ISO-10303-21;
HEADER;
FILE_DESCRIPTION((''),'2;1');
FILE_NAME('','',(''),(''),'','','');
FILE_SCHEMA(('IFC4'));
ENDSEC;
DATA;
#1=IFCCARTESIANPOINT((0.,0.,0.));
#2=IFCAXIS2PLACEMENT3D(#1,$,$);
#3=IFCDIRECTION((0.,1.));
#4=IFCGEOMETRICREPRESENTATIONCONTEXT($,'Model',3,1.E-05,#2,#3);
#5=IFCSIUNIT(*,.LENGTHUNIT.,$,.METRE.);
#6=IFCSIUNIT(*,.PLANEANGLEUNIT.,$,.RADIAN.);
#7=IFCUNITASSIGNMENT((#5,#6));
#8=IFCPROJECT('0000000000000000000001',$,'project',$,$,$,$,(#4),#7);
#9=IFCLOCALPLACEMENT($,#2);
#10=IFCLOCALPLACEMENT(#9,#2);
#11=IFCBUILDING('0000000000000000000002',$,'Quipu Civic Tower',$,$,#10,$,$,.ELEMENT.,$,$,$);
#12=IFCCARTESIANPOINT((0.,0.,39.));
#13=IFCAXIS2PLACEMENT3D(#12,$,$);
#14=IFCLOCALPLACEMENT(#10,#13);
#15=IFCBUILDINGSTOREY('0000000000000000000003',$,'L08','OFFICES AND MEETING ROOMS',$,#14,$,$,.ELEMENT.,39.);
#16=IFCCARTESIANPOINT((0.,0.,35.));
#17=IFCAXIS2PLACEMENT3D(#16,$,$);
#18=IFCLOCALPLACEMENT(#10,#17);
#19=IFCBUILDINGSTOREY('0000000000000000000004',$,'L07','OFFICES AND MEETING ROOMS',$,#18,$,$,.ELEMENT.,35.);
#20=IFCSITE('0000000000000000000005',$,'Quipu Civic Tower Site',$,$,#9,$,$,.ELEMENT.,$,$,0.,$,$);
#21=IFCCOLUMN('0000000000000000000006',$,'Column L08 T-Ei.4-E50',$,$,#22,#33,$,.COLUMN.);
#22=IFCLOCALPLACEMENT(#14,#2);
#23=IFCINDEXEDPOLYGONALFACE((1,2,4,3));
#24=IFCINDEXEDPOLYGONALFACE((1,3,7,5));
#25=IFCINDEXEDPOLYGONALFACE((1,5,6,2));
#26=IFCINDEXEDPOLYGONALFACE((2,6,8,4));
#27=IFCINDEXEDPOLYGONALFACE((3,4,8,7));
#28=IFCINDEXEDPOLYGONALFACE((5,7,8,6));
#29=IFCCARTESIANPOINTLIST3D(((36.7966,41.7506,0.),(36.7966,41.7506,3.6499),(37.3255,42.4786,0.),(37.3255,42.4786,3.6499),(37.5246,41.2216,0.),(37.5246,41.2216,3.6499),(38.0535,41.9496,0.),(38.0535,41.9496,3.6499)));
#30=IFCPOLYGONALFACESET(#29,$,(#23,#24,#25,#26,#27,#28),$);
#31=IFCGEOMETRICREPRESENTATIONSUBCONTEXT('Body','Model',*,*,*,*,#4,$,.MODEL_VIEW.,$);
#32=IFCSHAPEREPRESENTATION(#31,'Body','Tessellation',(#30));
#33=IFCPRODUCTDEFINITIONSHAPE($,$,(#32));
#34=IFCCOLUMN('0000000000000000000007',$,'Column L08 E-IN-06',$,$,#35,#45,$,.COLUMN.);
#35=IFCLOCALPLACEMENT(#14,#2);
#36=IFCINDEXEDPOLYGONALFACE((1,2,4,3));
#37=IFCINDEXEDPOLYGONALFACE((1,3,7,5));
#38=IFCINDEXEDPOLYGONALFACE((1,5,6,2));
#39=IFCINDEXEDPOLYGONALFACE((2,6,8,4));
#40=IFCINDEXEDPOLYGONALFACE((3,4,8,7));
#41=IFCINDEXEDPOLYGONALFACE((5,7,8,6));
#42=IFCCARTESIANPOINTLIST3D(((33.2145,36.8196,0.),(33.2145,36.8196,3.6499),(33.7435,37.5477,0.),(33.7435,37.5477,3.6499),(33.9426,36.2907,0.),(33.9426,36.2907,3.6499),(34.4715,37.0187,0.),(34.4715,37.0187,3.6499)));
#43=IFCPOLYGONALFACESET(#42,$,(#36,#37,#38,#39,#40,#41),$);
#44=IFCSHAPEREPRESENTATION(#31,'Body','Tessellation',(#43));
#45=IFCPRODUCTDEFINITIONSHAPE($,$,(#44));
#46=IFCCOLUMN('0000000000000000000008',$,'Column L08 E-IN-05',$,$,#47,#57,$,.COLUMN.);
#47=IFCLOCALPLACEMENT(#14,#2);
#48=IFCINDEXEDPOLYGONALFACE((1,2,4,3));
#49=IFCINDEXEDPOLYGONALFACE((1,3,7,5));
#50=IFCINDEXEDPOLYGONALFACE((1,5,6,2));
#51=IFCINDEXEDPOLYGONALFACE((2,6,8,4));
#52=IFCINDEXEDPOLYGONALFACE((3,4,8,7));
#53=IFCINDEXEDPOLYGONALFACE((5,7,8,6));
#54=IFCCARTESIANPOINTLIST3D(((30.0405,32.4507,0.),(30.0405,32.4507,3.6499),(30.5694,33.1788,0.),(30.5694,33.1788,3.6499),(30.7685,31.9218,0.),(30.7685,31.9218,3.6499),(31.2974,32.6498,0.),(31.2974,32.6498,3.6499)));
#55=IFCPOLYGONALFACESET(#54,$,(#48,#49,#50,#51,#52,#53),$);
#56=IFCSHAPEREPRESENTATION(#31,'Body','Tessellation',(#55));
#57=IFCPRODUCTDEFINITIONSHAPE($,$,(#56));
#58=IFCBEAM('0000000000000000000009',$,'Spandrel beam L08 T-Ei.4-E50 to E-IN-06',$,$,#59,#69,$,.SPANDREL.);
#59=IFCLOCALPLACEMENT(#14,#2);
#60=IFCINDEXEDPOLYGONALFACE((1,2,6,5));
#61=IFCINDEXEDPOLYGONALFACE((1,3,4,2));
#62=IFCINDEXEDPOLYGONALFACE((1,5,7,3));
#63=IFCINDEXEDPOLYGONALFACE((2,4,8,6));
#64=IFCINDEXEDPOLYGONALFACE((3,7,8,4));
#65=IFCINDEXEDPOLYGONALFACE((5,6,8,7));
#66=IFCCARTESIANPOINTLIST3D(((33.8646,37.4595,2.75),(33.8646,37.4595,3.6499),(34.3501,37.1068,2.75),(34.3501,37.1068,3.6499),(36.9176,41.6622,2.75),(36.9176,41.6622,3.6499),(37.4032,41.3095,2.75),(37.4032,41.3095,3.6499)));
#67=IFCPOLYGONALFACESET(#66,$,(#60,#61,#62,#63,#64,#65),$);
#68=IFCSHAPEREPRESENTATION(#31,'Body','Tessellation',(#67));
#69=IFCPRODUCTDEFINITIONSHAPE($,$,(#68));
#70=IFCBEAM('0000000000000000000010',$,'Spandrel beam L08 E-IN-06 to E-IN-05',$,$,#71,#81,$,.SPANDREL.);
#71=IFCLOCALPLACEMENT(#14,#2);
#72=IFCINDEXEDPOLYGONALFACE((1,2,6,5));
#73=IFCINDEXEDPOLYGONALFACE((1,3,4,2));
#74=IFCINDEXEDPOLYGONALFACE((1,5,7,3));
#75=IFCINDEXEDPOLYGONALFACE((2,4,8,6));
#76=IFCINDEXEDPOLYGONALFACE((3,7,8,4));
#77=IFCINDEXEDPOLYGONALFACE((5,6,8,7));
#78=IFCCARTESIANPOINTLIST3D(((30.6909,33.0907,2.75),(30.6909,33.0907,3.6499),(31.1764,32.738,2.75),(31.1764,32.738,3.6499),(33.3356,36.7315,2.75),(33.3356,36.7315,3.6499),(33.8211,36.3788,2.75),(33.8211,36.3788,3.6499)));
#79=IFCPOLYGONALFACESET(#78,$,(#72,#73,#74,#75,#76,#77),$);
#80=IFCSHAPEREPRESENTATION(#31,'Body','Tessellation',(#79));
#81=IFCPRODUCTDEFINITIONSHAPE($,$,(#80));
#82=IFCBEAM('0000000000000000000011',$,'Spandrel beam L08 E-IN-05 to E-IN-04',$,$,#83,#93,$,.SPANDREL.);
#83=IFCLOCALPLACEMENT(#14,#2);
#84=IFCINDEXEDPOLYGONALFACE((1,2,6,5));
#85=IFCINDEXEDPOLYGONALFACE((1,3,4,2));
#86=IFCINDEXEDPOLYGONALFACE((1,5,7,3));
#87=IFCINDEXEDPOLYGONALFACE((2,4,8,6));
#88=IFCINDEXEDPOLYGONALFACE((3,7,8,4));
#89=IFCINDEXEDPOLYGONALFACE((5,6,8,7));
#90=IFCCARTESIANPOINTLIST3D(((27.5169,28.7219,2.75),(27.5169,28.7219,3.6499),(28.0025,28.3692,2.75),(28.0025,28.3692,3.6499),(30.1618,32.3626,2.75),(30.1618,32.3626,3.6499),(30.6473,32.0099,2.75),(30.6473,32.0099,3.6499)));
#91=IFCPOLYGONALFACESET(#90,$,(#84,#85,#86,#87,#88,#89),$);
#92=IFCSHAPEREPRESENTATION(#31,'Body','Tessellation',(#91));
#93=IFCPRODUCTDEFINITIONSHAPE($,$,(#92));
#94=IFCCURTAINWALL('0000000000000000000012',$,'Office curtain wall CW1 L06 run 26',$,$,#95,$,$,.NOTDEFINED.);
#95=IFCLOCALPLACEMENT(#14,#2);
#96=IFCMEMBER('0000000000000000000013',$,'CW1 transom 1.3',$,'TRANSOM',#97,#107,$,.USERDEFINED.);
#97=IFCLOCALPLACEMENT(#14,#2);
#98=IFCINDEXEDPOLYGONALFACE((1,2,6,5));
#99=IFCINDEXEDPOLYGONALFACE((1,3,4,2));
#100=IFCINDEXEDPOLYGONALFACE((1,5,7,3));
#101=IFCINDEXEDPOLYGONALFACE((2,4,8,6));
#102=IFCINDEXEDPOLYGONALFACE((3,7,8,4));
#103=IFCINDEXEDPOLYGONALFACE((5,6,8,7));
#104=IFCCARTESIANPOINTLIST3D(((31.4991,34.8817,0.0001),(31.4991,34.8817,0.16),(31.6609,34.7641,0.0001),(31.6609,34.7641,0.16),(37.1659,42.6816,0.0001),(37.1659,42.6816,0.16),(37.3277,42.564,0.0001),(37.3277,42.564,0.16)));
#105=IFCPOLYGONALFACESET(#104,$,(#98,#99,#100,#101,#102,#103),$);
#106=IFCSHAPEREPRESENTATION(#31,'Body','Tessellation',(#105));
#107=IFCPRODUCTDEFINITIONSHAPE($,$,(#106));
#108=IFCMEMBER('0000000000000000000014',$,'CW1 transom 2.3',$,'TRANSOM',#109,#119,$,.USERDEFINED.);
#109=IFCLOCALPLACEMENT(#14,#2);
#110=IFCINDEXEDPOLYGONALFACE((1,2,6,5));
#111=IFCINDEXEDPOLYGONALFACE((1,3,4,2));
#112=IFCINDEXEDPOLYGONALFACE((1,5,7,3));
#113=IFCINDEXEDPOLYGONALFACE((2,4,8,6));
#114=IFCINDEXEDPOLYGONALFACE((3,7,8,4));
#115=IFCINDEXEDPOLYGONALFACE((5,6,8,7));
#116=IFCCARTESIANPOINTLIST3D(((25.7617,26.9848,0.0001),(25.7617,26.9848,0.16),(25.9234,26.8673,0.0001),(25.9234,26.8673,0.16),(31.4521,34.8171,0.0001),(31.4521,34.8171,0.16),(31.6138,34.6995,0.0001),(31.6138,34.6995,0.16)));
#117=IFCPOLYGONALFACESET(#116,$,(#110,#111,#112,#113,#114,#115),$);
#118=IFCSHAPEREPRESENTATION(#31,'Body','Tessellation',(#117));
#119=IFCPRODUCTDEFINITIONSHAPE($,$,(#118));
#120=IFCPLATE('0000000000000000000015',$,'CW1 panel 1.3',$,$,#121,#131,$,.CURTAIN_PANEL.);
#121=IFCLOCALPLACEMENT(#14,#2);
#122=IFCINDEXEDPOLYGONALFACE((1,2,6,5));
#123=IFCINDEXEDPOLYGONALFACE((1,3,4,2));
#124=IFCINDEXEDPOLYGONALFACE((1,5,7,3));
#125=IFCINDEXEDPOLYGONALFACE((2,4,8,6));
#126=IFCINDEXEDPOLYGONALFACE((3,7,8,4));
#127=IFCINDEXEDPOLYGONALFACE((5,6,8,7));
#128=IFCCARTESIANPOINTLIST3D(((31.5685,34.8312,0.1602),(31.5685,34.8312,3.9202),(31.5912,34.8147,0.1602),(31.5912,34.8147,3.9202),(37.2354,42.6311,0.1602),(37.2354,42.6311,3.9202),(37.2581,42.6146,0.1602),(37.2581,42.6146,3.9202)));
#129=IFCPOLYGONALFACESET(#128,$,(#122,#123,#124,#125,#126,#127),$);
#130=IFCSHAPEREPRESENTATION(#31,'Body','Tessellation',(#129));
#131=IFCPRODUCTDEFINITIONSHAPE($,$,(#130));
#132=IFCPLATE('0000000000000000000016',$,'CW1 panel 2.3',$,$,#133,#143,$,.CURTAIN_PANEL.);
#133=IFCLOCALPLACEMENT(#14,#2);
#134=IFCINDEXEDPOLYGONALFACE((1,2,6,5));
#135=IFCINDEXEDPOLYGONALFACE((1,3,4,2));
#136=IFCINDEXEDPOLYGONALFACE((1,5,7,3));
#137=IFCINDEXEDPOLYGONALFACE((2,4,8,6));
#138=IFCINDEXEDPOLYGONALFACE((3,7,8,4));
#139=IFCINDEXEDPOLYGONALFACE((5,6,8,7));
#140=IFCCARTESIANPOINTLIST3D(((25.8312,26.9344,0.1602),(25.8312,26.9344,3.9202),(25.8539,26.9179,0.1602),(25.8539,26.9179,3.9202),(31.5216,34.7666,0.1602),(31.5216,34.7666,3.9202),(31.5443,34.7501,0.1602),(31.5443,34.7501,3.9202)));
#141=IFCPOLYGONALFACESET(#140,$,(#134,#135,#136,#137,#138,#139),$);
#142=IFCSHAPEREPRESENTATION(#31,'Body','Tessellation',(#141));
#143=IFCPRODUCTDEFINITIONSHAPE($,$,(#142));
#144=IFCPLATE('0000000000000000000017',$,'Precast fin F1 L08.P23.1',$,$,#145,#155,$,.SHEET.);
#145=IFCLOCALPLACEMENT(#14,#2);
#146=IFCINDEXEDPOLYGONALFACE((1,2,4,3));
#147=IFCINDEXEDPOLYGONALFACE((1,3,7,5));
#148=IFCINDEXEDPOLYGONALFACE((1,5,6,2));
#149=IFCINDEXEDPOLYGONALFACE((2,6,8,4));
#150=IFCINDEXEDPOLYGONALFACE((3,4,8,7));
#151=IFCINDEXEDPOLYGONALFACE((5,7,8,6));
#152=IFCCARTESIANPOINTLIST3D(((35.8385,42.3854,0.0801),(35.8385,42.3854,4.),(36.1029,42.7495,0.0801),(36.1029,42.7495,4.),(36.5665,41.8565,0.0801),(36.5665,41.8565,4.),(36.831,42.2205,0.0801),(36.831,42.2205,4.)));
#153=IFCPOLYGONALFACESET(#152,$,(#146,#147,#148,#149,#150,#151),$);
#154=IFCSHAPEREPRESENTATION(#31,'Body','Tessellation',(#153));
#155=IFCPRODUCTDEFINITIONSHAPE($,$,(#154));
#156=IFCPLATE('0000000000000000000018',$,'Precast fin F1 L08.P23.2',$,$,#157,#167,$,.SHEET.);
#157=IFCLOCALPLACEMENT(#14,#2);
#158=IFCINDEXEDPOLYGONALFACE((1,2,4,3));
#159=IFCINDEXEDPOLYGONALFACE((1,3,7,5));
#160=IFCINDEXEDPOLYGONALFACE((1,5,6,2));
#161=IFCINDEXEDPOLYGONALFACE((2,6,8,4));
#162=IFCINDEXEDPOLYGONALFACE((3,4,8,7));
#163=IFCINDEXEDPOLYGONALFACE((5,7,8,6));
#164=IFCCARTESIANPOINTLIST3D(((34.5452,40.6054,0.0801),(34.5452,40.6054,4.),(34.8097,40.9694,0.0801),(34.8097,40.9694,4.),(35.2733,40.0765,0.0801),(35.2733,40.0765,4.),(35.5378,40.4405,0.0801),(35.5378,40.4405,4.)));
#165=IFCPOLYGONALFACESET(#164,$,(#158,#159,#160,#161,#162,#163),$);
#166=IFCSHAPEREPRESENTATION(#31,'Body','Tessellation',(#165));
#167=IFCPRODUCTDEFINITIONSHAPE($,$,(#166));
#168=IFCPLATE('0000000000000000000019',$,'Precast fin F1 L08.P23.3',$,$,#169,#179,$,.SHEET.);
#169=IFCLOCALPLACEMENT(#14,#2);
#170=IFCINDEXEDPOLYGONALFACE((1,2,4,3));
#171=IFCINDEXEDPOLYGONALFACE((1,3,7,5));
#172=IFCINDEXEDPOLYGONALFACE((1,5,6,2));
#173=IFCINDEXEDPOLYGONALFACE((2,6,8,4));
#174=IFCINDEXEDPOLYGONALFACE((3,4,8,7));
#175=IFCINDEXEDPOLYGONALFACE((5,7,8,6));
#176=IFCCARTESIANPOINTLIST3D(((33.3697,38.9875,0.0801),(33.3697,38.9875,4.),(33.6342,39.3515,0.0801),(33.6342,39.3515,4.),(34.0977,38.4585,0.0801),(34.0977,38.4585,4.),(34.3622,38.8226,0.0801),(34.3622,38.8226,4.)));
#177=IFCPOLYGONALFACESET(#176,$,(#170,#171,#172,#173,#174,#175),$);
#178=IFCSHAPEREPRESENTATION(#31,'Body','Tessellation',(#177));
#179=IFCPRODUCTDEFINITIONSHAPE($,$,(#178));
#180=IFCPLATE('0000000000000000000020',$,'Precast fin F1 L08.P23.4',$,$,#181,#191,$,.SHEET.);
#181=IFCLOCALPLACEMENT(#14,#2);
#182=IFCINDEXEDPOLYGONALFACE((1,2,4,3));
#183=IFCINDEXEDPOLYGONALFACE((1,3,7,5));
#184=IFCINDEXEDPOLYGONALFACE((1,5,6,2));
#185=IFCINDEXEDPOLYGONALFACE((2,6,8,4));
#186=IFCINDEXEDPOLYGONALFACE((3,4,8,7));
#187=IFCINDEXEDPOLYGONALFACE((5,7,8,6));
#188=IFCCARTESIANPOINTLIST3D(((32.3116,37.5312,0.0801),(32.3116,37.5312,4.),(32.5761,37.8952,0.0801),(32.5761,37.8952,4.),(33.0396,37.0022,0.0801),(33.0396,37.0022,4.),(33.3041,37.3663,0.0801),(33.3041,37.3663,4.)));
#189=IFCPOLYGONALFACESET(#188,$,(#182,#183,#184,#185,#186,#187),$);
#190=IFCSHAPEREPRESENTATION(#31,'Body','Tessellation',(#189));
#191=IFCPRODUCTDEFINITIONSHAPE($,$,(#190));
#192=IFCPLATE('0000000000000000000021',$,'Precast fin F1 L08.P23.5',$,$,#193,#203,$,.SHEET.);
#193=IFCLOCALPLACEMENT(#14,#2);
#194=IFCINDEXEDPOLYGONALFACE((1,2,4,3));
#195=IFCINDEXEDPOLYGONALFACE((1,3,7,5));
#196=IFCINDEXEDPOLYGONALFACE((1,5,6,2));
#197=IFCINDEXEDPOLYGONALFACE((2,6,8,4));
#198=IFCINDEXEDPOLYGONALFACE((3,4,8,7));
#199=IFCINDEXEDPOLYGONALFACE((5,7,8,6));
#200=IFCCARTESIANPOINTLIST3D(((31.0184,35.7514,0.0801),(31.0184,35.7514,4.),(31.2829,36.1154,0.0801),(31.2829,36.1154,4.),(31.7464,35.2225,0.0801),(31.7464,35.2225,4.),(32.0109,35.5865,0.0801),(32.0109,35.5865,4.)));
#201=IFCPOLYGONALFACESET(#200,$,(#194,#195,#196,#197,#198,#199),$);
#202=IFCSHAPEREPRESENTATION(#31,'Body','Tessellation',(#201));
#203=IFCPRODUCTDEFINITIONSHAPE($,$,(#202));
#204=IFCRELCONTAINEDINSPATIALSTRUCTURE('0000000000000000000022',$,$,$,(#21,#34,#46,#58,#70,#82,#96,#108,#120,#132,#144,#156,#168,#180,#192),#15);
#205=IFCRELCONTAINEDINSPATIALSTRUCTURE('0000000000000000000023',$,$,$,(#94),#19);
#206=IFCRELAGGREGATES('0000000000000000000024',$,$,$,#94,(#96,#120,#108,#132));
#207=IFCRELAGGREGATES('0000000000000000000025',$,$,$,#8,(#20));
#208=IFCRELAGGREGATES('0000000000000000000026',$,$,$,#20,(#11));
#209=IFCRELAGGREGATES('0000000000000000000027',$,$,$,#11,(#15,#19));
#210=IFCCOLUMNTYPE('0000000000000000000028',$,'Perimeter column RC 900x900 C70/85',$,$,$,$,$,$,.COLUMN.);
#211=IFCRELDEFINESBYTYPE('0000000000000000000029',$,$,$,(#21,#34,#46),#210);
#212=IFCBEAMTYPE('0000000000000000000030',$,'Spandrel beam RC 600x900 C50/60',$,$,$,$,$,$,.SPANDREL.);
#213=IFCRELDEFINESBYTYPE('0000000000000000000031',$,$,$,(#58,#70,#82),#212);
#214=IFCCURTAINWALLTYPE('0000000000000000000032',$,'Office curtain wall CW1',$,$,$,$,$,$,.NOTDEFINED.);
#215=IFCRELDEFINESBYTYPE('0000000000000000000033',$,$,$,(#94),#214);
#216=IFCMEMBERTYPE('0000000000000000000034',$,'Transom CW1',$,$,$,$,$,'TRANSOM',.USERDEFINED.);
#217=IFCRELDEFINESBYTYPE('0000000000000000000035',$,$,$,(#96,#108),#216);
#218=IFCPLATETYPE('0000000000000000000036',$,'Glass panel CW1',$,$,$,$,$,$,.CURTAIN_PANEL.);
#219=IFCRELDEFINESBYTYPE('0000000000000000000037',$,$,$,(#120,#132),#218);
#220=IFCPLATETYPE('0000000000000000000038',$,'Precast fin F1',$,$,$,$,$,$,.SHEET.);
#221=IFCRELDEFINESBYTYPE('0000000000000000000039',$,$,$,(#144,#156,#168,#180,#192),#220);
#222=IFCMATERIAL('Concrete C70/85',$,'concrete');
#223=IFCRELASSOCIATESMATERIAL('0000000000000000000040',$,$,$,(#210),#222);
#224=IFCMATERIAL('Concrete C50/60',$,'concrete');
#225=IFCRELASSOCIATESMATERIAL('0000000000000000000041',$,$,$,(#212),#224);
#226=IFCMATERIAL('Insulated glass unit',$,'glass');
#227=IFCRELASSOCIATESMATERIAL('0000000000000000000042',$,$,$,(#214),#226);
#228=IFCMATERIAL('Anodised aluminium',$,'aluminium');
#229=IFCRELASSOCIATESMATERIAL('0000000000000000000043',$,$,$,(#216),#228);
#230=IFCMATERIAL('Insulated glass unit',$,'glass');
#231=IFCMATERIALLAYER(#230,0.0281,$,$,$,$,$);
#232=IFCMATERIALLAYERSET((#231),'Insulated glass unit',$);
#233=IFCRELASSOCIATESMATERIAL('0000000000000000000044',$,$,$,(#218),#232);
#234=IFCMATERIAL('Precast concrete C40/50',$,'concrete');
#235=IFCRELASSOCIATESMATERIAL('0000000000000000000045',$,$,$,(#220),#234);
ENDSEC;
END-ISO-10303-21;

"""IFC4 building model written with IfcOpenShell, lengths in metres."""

from ifc_helpers import new_model, si_unit, direction, frame, origin, origin_2d, place, context, subcontext, project, spatial, rectangle, extrude, material, layer, layer_set, material_profile, profile_set, type_object, element, aggregate, save


model = new_model("IFC4")

# Units and contexts
model_context = context("Model", 3, precision=1e-05, world=origin(), true_north=direction((0.0, 1.0)))
body_context = subcontext(model_context, "Body", "Model", "MODEL_VIEW")
ifc_project = project(units=[si_unit("LENGTHUNIT", "METRE"), si_unit("PLANEANGLEUNIT", "RADIAN")], contexts=[model_context])

# Site, building, storey
site_placement = place(None, origin())
site = spatial("IfcSite", under=ifc_project, at=site_placement, Name="Quipu Civic Tower Site", CompositionType="ELEMENT", RefElevation=0.0)
building_placement = place(site_placement, origin())
building = spatial("IfcBuilding", under=site, at=building_placement, Name="Quipu Civic Tower", CompositionType="ELEMENT")
storey_1_placement = place(building_placement, frame((0.0, 0.0, 39.0)))
storey_1 = spatial("IfcBuildingStorey", under=building, at=storey_1_placement, Name="L08", Description="OFFICES AND MEETING ROOMS", CompositionType="ELEMENT", Elevation=39.0)

# Columns
ifc_material_1 = material(Name="Concrete C70/85", Category="concrete")
ifc_material_profile_1 = material_profile(ifc_material_1, rectangle(XDim=0.8999, YDim=0.8999, at=origin_2d()), Name="RC900x900")
ifc_profile_set_1 = profile_set([ifc_material_profile_1], Name="Concrete C70/85")
column_type = type_object("IfcColumnType", Name="Perimeter column RC 900x900 C70/85", PredefinedType="COLUMN", material=ifc_profile_set_1)
for number, where, z_axis, x_axis, name in (
    (1, (37.425, 41.8501, 0.0), (0.0, 0.0, 1.0), (-0.587785, -0.809017, 0.0), "Column L08 T-Ei.4-E50"),
    (2, (33.843, 36.9192, 0.0), (0.0, 0.0, 1.0), (-0.587785, -0.809017, 0.0), "Column L08 E-IN-06"),
    (3, (30.6689, 32.5503, 0.0), (0.0, 0.0, 1.0), (-0.587785, -0.809017, 0.0), "Column L08 E-IN-05"),
):
    element("IfcColumn", number, at=place(storey_1_placement, frame(where, z_axis=z_axis, x_axis=x_axis)), inside=storey_1, type_object=column_type, Name=name, PredefinedType="COLUMN", context=body_context, shape_type="SweptSolid", body=[
        extrude(rectangle(XDim=0.8999, YDim=0.8999, at=origin_2d()), origin(), (0.0, 0.0, 1.0), 3.6499),
    ])

# Beams
ifc_material_2 = material(Name="Concrete C50/60", Category="concrete")
ifc_material_profile_2 = material_profile(ifc_material_2, rectangle(XDim=0.6001, YDim=0.8999, at=origin_2d()), Name="RC600x900")
ifc_profile_set_2 = profile_set([ifc_material_profile_2], Name="Concrete C50/60")
beam_type = type_object("IfcBeamType", Name="Spandrel beam RC 600x900 C50/60", PredefinedType="SPANDREL", material=ifc_profile_set_2)
beam_placement = place(storey_1_placement, frame((37.1604, 41.4858, 3.2), z_axis=(-0.587733, -0.809055, 0.0), x_axis=(0.809055, -0.587733, 0.0)))
element("IfcBeam", 4, at=beam_placement, inside=storey_1, type_object=beam_type, Name="Spandrel beam L08 T-Ei.4-E50 to E-IN-06", PredefinedType="SPANDREL", context=body_context, shape_type="SweptSolid", body=[
    extrude(rectangle(XDim=0.6001, YDim=0.8999, at=origin_2d()), origin(), (0.0, 0.0, 1.0), 5.1946),
])
for number, where, z_axis, x_axis, name in (
    (5, (33.5784, 36.5552, 3.2), (-0.587717, -0.809067, 0.0), (0.809067, -0.587717, 0.0), "Spandrel beam L08 E-IN-06 to E-IN-05"),
    (6, (30.4045, 32.1863, 3.2), (-0.587743, -0.809048, 0.0), (0.809048, -0.587743, 0.0), "Spandrel beam L08 E-IN-05 to E-IN-04"),
):
    element("IfcBeam", number, at=place(storey_1_placement, frame(where, z_axis=z_axis, x_axis=x_axis)), inside=storey_1, type_object=beam_type, Name=name, PredefinedType="SPANDREL", context=body_context, shape_type="SweptSolid", body=[
        extrude(rectangle(XDim=0.6001, YDim=0.8999, at=origin_2d()), origin(), (0.0, 0.0, 1.0), 4.5),
    ])

# Shared definitions
storey_2_placement = place(building_placement, frame((0.0, 0.0, 35.0)))
storey_2 = spatial("IfcBuildingStorey", under=building, at=storey_2_placement, Name="L07", Description="OFFICES AND MEETING ROOMS", CompositionType="ELEMENT", Elevation=35.0)

# Curtain wall, members, plates
ifc_material_3 = material(Name="Insulated glass unit", Category="glass")
curtain_wall_type = type_object("IfcCurtainWallType", Name="Office curtain wall CW1", PredefinedType="NOTDEFINED", material=ifc_material_3)
curtain_wall_placement = place(storey_2_placement, origin())
curtain_wall = element("IfcCurtainWall", 7, at=curtain_wall_placement, inside=storey_2, type_object=curtain_wall_type, Name="Office curtain wall CW1 L06 run 26", PredefinedType="NOTDEFINED")
ifc_material_4 = material(Name="Anodised aluminium", Category="aluminium")
ifc_material_profile_3 = material_profile(ifc_material_4, rectangle(XDim=0.2, YDim=0.1599, at=origin_2d()), Name="RECT 200x160")
ifc_profile_set_3 = profile_set([ifc_material_profile_3], Name="Anodised aluminium")
member_type = type_object("IfcMemberType", Name="Transom CW1", ElementType="TRANSOM", PredefinedType="USERDEFINED", material=ifc_profile_set_3)
member_1_placement = place(storey_1_placement, frame((37.2468, 42.6228, 0.0801), z_axis=(-0.587776, -0.809024, 0.0), x_axis=(0.809024, -0.587776, 0.0)))
member_1 = element("IfcMember", 8, at=member_1_placement, inside=storey_1, type_object=member_type, Name="CW1 transom 1.3", ObjectType="TRANSOM", PredefinedType="USERDEFINED", context=body_context, shape_type="SweptSolid", body=[
    extrude(rectangle(XDim=0.2, YDim=0.1599, at=origin_2d()), origin(), (0.0, 0.0, 1.0), 9.6411),
])
member_2_placement = place(storey_1_placement, frame((31.533, 34.7583, 0.0801), z_axis=(-0.587782, -0.80902, 0.0), x_axis=(0.80902, -0.587782, 0.0)))
member_2 = element("IfcMember", 9, at=member_2_placement, inside=storey_1, type_object=member_type, Name="CW1 transom 2.3", ObjectType="TRANSOM", PredefinedType="USERDEFINED", context=body_context, shape_type="SweptSolid", body=[
    extrude(rectangle(XDim=0.2, YDim=0.1599, at=origin_2d()), origin(), (0.0, 0.0, 1.0), 9.6812),
])
ifc_material_5 = material(Name="Insulated glass unit", Category="glass")
ifc_layer_1 = layer(ifc_material_5, 0.0281)
ifc_layer_set_1 = layer_set([ifc_layer_1], Name="Insulated glass unit")
plate_type_1 = type_object("IfcPlateType", Name="Glass panel CW1", PredefinedType="CURTAIN_PANEL", material=ifc_layer_set_1)
plate_1_placement = place(storey_1_placement, frame((34.4133, 38.7229, 0.1602), z_axis=(0.0, 0.0, 1.0), x_axis=(-0.587786, -0.809017, 0.0)))
plate_1 = element("IfcPlate", 10, at=plate_1_placement, inside=storey_1, type_object=plate_type_1, Name="CW1 panel 1.3", PredefinedType="CURTAIN_PANEL", context=body_context, shape_type="SweptSolid", body=[
    extrude(rectangle(XDim=9.6411, YDim=0.0281, at=origin_2d()), origin(), (0.0, 0.0, 1.0), 3.76),
])
plate_2_placement = place(storey_1_placement, frame((28.6877, 30.8423, 0.1602), z_axis=(0.0, 0.0, 1.0), x_axis=(-0.587786, -0.809017, 0.0)))
plate_2 = element("IfcPlate", 11, at=plate_2_placement, inside=storey_1, type_object=plate_type_1, Name="CW1 panel 2.3", PredefinedType="CURTAIN_PANEL", context=body_context, shape_type="SweptSolid", body=[
    extrude(rectangle(XDim=9.6812, YDim=0.0281, at=origin_2d()), origin(), (0.0, 0.0, 1.0), 3.76),
])
aggregate(curtain_wall, [member_1, plate_1, member_2, plate_2])

# Plates
ifc_material_6 = material(Name="Precast concrete C40/50", Category="concrete")
plate_type_2 = type_object("IfcPlateType", Name="Precast fin F1", PredefinedType="SHEET", material=ifc_material_6)
for number, where, z_axis, x_axis, name in (
    (12, (36.3347, 42.303, 0.0801), (0.0, 0.0, 1.0), (-0.587785, -0.809017, 0.0), "Precast fin F1 L08.P23.1"),
    (13, (35.0415, 40.5229, 0.0801), (0.0, 0.0, 1.0), (-0.587785, -0.809017, 0.0), "Precast fin F1 L08.P23.2"),
    (14, (33.866, 38.905, 0.0801), (0.0, 0.0, 1.0), (-0.587785, -0.809017, 0.0), "Precast fin F1 L08.P23.3"),
    (15, (32.8079, 37.4487, 0.0801), (0.0, 0.0, 1.0), (-0.587785, -0.809017, 0.0), "Precast fin F1 L08.P23.4"),
    (16, (31.5146, 35.6689, 0.0801), (0.0, 0.0, 1.0), (-0.587785, -0.809017, 0.0), "Precast fin F1 L08.P23.5"),
):
    element("IfcPlate", number, at=place(storey_1_placement, frame(where, z_axis=z_axis, x_axis=x_axis)), inside=storey_1, type_object=plate_type_2, Name=name, PredefinedType="SHEET", context=body_context, shape_type="SweptSolid", body=[
        extrude(rectangle(XDim=0.45, YDim=0.8999, at=origin_2d()), origin(), (0.0, 0.0, 1.0), 3.9199),
    ])

save(model, "model.ifc")
